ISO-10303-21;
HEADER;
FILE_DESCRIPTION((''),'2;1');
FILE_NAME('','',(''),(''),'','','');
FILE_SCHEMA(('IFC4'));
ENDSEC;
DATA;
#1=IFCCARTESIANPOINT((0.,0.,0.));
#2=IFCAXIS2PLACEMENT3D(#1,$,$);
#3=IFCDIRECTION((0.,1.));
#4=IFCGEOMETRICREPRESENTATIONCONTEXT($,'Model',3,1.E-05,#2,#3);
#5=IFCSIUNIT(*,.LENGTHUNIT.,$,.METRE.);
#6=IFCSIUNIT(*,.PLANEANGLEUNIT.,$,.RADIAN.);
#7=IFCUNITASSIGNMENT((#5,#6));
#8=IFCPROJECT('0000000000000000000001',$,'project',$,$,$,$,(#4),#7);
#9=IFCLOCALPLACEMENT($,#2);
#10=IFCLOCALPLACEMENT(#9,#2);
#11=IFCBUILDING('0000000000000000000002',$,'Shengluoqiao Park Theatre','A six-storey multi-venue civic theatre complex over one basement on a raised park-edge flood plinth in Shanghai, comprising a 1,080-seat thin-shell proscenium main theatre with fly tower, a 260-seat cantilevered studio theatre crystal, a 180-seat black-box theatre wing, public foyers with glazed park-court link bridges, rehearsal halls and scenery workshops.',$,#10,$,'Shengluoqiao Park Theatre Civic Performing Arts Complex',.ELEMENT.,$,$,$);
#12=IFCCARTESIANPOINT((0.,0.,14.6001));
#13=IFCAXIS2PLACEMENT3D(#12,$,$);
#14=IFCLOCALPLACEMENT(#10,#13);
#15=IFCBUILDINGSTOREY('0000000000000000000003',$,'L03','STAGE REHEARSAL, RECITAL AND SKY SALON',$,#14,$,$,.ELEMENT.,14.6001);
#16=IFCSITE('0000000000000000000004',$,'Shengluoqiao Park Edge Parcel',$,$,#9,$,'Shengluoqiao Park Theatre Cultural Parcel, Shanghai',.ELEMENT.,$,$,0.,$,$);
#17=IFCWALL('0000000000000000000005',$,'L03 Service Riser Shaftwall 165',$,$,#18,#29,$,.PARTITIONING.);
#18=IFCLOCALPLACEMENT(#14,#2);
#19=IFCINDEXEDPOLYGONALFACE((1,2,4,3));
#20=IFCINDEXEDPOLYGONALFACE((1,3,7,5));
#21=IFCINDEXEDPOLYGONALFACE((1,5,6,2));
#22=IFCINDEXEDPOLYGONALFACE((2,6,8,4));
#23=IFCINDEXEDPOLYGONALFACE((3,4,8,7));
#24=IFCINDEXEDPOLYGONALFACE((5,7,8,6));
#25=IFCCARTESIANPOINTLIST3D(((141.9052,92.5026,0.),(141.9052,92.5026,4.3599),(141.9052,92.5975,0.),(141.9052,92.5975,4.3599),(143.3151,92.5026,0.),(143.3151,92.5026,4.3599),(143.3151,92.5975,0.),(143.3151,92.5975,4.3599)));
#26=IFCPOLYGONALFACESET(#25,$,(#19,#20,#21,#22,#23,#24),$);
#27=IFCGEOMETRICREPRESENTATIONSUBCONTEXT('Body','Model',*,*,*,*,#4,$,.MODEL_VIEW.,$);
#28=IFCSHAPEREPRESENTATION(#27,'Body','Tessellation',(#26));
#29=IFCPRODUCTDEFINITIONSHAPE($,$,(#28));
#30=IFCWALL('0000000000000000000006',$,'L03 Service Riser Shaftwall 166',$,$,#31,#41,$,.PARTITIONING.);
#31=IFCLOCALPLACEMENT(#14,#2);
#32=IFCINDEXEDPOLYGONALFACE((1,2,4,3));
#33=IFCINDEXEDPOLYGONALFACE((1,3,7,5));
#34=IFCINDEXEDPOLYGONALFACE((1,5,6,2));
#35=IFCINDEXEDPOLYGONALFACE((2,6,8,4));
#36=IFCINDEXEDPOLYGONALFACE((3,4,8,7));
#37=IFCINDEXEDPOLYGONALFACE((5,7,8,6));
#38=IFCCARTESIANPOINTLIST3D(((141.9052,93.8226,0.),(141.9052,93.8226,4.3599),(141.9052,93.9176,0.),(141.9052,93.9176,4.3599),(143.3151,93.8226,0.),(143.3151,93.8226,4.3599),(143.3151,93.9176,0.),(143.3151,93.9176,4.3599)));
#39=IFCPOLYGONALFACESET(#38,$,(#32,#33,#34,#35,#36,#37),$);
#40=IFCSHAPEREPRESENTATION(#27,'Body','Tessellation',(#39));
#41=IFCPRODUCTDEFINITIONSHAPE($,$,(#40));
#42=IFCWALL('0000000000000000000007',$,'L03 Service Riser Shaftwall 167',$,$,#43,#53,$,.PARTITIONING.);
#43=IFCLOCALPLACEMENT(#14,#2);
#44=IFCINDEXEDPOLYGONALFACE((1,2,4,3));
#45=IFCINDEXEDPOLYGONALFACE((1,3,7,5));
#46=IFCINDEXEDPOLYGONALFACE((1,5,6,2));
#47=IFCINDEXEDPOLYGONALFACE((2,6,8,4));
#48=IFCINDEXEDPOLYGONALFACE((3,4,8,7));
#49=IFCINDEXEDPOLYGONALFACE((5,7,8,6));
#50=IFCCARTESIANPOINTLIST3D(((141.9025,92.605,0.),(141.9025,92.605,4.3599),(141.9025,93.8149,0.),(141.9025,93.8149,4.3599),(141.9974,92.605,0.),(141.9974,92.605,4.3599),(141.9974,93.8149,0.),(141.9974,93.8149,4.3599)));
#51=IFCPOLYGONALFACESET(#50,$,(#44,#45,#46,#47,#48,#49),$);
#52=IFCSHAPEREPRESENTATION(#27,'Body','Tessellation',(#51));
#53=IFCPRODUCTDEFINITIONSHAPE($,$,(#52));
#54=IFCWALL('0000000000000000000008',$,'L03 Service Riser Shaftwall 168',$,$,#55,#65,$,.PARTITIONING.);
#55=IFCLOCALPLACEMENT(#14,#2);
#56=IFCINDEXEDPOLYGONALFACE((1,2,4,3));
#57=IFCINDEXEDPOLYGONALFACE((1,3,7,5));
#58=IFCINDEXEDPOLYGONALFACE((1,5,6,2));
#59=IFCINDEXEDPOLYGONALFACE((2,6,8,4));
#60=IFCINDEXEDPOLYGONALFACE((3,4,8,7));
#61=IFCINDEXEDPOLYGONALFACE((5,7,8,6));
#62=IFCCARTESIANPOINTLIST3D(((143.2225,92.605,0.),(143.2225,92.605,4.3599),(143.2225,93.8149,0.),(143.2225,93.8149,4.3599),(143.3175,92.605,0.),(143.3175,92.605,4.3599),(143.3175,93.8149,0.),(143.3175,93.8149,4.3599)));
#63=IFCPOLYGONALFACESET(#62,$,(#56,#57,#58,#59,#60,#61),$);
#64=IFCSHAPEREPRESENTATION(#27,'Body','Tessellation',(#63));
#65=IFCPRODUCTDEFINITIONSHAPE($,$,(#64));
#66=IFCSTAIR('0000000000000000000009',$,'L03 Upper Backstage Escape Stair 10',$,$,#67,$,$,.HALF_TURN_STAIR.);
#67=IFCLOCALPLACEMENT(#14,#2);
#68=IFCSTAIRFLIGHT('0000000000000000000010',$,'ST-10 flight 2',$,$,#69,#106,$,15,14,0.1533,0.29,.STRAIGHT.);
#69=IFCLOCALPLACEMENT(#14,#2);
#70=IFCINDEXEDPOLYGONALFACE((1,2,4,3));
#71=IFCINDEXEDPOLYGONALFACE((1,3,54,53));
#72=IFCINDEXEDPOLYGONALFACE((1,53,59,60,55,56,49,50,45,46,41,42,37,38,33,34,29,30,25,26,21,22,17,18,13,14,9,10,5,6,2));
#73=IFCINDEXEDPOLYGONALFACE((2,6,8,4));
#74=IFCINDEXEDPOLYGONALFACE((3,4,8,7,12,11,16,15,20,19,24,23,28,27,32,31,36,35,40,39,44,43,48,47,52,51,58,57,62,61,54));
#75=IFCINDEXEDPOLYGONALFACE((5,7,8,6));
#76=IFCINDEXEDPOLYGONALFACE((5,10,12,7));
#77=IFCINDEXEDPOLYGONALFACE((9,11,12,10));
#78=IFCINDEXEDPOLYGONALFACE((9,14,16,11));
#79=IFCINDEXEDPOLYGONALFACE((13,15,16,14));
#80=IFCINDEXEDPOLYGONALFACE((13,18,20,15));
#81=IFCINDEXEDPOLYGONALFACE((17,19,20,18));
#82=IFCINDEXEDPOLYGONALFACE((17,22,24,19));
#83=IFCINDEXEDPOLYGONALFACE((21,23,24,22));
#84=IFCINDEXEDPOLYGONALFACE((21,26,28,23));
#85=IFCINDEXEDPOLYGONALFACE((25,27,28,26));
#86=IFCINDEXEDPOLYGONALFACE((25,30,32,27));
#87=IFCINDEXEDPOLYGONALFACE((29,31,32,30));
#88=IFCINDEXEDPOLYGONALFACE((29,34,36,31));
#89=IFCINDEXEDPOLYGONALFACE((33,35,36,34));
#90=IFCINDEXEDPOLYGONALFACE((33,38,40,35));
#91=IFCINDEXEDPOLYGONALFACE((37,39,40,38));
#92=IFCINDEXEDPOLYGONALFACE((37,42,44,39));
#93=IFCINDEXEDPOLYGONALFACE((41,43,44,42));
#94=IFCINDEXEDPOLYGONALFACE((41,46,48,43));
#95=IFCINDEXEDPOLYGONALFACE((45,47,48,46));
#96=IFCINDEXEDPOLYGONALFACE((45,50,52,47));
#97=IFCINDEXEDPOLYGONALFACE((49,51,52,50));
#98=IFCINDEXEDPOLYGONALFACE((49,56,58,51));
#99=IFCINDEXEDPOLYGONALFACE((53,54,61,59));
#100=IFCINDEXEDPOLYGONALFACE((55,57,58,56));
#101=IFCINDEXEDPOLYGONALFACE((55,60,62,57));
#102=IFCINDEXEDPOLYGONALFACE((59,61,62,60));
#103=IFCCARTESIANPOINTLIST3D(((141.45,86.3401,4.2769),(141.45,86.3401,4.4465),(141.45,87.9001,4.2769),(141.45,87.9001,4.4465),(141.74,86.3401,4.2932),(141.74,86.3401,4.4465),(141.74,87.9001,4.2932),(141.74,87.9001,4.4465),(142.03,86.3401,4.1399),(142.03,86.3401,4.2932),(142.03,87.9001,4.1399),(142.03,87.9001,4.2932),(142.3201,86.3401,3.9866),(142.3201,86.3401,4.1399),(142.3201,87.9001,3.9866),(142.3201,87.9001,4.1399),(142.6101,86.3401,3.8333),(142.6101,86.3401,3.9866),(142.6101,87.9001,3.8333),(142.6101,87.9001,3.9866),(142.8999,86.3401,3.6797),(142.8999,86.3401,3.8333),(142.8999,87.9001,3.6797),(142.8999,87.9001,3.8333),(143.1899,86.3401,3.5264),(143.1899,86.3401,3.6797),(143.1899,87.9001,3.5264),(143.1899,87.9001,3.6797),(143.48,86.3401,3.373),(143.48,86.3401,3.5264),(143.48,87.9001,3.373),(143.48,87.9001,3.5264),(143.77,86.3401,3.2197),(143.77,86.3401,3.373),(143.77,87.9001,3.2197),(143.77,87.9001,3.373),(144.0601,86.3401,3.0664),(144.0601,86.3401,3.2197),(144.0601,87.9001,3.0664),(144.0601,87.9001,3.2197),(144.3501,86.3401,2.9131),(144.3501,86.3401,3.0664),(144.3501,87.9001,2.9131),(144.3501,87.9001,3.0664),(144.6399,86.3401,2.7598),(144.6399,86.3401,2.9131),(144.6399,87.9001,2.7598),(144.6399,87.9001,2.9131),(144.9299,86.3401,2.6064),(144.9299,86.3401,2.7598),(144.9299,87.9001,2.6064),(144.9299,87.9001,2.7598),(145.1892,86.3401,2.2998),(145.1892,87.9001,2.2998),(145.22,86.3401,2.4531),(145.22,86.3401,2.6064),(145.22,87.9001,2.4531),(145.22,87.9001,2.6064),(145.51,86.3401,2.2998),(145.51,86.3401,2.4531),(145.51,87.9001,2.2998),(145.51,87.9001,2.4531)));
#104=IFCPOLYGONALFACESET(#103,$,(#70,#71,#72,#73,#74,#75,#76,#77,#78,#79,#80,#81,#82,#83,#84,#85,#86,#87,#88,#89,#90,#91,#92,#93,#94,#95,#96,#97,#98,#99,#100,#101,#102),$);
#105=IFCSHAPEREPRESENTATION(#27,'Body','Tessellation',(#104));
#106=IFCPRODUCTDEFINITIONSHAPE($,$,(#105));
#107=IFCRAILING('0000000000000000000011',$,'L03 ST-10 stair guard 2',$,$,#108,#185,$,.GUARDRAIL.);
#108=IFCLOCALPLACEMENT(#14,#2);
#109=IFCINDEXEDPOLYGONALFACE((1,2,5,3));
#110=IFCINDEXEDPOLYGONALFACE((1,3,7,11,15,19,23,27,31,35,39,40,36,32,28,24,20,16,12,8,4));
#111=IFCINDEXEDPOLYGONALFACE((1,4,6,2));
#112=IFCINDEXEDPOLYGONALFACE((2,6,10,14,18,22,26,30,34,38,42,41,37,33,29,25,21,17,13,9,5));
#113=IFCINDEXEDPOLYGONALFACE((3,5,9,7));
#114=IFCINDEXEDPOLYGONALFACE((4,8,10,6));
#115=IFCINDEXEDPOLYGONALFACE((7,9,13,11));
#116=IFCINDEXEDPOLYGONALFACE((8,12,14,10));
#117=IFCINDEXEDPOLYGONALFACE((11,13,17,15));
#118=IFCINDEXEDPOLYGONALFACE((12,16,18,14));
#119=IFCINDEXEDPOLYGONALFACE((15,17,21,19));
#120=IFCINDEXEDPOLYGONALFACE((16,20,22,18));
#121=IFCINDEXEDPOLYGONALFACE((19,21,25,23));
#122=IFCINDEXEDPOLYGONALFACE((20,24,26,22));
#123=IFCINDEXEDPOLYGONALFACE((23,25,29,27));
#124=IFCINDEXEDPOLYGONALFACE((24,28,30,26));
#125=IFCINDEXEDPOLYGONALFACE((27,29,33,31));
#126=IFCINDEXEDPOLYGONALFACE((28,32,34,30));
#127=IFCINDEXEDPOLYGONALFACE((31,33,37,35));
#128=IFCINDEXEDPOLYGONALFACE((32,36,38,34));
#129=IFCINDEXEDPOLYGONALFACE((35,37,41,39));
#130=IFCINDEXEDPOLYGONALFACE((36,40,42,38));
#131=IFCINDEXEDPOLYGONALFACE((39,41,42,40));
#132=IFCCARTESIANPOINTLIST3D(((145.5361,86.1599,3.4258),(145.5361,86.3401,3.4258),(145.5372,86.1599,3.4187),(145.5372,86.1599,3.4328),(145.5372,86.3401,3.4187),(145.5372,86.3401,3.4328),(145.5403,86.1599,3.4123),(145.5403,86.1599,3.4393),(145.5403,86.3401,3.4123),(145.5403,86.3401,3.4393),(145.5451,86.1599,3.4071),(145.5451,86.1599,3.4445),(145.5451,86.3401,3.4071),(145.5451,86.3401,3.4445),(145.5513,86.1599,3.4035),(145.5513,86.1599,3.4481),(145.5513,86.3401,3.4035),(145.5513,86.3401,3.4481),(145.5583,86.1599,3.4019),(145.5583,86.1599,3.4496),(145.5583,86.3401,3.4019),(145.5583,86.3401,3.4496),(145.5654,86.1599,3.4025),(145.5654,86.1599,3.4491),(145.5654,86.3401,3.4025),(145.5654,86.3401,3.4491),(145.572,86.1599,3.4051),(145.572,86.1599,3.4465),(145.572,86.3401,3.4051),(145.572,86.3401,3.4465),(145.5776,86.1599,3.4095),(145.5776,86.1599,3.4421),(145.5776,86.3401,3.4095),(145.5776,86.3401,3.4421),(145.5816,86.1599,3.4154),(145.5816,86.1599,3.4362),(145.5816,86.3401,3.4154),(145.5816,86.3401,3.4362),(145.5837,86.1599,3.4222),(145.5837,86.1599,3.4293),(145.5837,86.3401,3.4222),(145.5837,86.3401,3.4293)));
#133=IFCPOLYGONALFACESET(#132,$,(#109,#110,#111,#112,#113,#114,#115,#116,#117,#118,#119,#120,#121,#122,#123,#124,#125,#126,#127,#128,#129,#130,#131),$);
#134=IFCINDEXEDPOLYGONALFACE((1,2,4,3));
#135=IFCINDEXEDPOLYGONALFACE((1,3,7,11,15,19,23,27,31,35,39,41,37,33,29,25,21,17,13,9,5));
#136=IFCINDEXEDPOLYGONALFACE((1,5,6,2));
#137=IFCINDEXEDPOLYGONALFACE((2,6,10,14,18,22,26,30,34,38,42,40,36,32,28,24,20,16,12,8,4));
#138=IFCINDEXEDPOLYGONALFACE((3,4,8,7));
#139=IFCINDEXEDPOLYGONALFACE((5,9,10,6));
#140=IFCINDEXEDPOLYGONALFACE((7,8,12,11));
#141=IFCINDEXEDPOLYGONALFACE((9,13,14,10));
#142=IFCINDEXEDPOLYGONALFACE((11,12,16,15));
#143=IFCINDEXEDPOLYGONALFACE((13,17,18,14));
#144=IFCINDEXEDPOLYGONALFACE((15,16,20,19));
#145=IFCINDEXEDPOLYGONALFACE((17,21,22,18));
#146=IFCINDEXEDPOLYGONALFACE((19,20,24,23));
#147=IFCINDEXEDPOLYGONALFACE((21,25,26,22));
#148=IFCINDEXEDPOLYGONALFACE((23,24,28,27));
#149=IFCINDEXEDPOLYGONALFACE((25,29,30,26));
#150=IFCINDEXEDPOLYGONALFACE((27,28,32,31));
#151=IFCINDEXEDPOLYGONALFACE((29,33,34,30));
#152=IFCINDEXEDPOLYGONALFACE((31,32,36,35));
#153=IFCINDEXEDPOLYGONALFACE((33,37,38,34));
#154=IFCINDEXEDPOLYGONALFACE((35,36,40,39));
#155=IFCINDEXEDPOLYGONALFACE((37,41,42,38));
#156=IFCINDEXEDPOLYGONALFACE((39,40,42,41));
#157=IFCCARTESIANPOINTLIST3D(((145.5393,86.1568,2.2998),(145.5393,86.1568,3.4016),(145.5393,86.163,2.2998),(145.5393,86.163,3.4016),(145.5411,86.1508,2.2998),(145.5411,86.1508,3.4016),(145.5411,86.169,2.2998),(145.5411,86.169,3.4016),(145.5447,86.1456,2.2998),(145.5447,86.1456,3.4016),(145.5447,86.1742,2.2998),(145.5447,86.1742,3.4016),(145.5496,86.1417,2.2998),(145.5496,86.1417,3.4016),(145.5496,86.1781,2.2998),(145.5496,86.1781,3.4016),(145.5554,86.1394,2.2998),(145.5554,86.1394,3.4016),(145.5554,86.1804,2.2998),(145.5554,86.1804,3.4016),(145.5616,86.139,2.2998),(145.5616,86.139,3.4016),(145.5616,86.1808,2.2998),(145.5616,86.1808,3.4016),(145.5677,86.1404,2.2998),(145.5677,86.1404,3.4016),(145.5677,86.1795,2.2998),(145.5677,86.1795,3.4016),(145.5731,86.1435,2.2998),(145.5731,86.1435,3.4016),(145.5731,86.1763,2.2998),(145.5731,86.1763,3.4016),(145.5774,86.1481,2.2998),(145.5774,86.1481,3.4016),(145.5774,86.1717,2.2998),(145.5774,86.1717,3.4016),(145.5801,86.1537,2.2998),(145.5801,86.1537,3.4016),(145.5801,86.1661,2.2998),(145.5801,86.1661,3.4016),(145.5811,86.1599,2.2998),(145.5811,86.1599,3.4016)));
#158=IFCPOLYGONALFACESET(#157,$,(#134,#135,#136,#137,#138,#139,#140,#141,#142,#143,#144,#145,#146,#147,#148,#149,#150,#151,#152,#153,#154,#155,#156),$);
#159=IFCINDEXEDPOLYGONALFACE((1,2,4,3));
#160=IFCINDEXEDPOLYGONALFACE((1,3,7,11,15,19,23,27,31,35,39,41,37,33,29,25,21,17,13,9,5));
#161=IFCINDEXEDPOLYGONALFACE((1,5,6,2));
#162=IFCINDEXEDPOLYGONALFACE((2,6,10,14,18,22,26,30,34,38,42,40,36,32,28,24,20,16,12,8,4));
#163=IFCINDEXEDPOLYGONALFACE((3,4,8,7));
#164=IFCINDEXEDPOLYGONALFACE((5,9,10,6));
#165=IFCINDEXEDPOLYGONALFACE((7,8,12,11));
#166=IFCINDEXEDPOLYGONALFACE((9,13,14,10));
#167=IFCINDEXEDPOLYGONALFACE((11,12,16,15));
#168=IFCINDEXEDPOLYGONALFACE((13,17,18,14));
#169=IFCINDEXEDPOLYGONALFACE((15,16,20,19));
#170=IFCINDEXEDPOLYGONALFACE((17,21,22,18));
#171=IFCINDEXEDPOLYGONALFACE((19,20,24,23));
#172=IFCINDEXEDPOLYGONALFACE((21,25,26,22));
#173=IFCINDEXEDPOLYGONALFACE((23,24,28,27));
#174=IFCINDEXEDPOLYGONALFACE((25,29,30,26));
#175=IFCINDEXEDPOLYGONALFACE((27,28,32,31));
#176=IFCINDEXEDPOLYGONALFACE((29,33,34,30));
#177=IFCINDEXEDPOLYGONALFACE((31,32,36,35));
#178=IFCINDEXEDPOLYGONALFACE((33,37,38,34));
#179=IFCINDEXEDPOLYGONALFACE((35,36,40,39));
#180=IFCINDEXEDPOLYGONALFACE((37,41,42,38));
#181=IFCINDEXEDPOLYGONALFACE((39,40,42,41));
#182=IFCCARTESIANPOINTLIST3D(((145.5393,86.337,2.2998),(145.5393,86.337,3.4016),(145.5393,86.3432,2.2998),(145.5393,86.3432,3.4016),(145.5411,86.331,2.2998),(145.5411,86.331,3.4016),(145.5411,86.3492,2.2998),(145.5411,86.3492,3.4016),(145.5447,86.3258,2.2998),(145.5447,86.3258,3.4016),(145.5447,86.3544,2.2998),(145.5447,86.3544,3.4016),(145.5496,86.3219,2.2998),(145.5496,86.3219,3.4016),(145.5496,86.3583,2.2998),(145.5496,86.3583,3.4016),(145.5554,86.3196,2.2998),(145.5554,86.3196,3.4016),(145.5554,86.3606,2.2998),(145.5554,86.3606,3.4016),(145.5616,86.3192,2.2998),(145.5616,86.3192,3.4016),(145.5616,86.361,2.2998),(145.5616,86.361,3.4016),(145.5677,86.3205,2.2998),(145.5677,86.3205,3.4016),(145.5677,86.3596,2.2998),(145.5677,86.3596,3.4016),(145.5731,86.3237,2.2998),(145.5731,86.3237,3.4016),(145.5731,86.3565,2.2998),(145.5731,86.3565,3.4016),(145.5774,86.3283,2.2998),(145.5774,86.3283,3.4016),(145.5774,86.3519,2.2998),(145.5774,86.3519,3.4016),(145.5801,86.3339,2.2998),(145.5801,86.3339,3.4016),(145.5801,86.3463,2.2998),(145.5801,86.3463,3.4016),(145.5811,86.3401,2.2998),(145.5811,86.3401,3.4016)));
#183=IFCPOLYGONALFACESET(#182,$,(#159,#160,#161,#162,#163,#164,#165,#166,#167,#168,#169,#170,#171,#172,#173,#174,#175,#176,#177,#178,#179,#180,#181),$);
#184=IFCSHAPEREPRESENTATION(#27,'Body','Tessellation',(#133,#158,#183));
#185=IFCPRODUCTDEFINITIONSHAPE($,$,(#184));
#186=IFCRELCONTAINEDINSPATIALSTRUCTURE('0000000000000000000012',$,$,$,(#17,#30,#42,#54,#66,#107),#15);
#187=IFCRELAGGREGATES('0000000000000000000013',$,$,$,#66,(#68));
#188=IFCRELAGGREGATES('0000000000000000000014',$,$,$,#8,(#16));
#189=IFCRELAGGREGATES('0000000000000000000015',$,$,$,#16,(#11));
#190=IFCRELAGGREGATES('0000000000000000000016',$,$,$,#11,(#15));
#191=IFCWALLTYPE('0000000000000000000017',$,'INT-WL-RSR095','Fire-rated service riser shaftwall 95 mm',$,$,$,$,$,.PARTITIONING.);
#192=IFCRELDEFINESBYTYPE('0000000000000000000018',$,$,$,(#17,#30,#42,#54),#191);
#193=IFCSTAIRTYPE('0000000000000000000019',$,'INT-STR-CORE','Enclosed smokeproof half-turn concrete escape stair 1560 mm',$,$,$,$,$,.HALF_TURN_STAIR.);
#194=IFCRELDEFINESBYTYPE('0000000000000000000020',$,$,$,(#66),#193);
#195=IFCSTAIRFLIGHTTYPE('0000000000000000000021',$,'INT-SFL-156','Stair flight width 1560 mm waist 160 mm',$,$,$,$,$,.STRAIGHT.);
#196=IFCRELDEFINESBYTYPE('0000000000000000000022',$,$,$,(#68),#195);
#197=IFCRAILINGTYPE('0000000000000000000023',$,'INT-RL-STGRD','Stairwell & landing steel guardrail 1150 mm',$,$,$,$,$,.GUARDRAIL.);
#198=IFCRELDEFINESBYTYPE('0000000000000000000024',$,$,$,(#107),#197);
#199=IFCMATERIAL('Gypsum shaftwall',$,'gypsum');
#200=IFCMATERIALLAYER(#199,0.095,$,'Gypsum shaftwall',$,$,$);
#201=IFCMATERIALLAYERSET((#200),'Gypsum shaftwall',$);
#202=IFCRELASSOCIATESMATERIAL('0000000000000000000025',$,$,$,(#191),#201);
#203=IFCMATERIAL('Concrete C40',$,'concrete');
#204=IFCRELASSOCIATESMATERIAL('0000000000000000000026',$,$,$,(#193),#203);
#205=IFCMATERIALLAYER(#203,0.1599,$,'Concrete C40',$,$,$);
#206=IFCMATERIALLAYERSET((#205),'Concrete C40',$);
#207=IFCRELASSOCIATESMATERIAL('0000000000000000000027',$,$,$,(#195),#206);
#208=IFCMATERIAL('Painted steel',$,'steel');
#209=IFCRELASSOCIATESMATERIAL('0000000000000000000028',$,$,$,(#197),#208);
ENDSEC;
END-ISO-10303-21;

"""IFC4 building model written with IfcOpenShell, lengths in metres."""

from ifc_helpers import new_model, si_unit, direction, frame, frame_2d, origin, origin_2d, place, context, subcontext, project, spatial, polyline, rectangle, circle, outline, extrude, material, layer, layer_set, type_object, element, aggregate, save


model = new_model("IFC4")

# Units and contexts
model_context = context("Model", 3, precision=1e-05, world=origin(), true_north=direction((0.0, 1.0)))
body_context = subcontext(model_context, "Body", "Model", "MODEL_VIEW")
ifc_project = project(units=[si_unit("LENGTHUNIT", "METRE"), si_unit("PLANEANGLEUNIT", "RADIAN")], contexts=[model_context])

# Site, building, storey
site_placement = place(None, origin())
site = spatial("IfcSite", under=ifc_project, at=site_placement, Name="Shengluoqiao Park Edge Parcel", LongName="Shengluoqiao Park Theatre Cultural Parcel, Shanghai", CompositionType="ELEMENT", RefElevation=0.0)
building_placement = place(site_placement, origin())
building = spatial("IfcBuilding", under=site, at=building_placement, Name="Shengluoqiao Park Theatre", Description="A six-storey multi-venue civic theatre complex over one basement on a raised park-edge flood plinth in Shanghai, comprising a 1,080-seat thin-shell proscenium main theatre with fly tower, a 260-seat cantilevered studio theatre crystal, a 180-seat black-box theatre wing, public foyers with glazed park-court link bridges, rehearsal halls and scenery workshops.", LongName="Shengluoqiao Park Theatre Civic Performing Arts Complex", CompositionType="ELEMENT")
storey_placement = place(building_placement, frame((0.0, 0.0, 14.6001)))
storey = spatial("IfcBuildingStorey", under=building, at=storey_placement, Name="L03", Description="STAGE REHEARSAL, RECITAL AND SKY SALON", CompositionType="ELEMENT", Elevation=14.6001)

# Shared definitions
ifc_material_1 = material(Name="Concrete C40", Category="concrete")

# Walls
ifc_material_2 = material(Name="Gypsum shaftwall", Category="gypsum")
ifc_layer_1 = layer(ifc_material_2, 0.095, Name="Gypsum shaftwall")
ifc_layer_set_1 = layer_set([ifc_layer_1], Name="Gypsum shaftwall")
wall_type_1 = type_object("IfcWallType", Name="INT-WL-RSR095", Description="Fire-rated service riser shaftwall 95 mm", PredefinedType="PARTITIONING", material=ifc_layer_set_1)
for number, where, z_axis, x_axis, name in (
    (1, (141.905, 92.55, 0.0), (0.0, 0.0, 1.0), (1.0, 0.0, 0.0), "L03 Service Riser Shaftwall 165"),
    (2, (141.905, 93.8701, 0.0), (0.0, 0.0, 1.0), (1.0, 0.0, 0.0), "L03 Service Riser Shaftwall 166"),
):
    element("IfcWall", number, at=place(storey_placement, frame(where, z_axis=z_axis, x_axis=x_axis)), inside=storey, type_object=wall_type_1, Name=name, PredefinedType="PARTITIONING", context=body_context, shape_type="SweptSolid", body=[
        extrude(rectangle(XDim=1.4099, YDim=0.095, at=frame_2d((0.7051, 0.0))), origin(), (0.0, 0.0, 1.0), 4.3599),
    ])
for number, where, z_axis, x_axis, name in (
    (3, (141.95, 92.605, 0.0), (0.0, 0.0, 1.0), (0.0, 1.0, 0.0), "L03 Service Riser Shaftwall 167"),
    (4, (143.27, 92.605, 0.0), (0.0, 0.0, 1.0), (0.0, 1.0, 0.0), "L03 Service Riser Shaftwall 168"),
):
    element("IfcWall", number, at=place(storey_placement, frame(where, z_axis=z_axis, x_axis=x_axis)), inside=storey, type_object=wall_type_1, Name=name, PredefinedType="PARTITIONING", context=body_context, shape_type="SweptSolid", body=[
        extrude(rectangle(XDim=1.21, YDim=0.095, at=frame_2d((0.605, 0.0))), origin(), (0.0, 0.0, 1.0), 4.3599),
    ])

# Stair, stair flight
stair_type = type_object("IfcStairType", Name="INT-STR-CORE", Description="Enclosed smokeproof half-turn concrete escape stair 1560 mm", PredefinedType="HALF_TURN_STAIR", material=ifc_material_1)
stair_placement = place(storey_placement, origin())
stair = element("IfcStair", 5, at=stair_placement, inside=storey, type_object=stair_type, Name="L03 Upper Backstage Escape Stair 10", PredefinedType="HALF_TURN_STAIR")
ifc_layer_2 = layer(ifc_material_1, 0.1599, Name="Concrete C40")
ifc_layer_set_2 = layer_set([ifc_layer_2], Name="Concrete C40")
stair_flight_type = type_object("IfcStairFlightType", Name="INT-SFL-156", Description="Stair flight width 1560 mm waist 160 mm", PredefinedType="STRAIGHT", material=ifc_layer_set_2)
stair_flight_placement = place(storey_placement, frame((145.51, 87.1201, 2.2998), z_axis=(0.0, 0.0, 1.0), x_axis=(-1.0, 0.0, 0.0)))
stair_flight = element("IfcStairFlight", 6, at=stair_flight_placement, type_object=stair_flight_type, Name="ST-10 flight 2", NumberOfRisers=15, NumberOfTreads=14, PredefinedType="STRAIGHT", RiserHeight=0.1533, TreadLength=0.29, context=body_context, shape_type="SweptSolid", body=[
    extrude(outline(polyline([(0.0, 0.0), (0.0, 0.1533), (0.29, 0.1533), (0.29, 0.3066), (0.5801, 0.3066), (0.5801, 0.46), (0.8701, 0.46), (0.8701, 0.6133), (1.1599, 0.6133), (1.1599, 0.7666), (1.45, 0.7666), (1.45, 0.9199), (1.74, 0.9199), (1.74, 1.0732), (2.03, 1.0732), (2.03, 1.2266), (2.3201, 1.2266), (2.3201, 1.3799), (2.6101, 1.3799), (2.6101, 1.5334), (2.8999, 1.5334), (2.8999, 1.6868), (3.1899, 1.6868), (3.1899, 1.8401), (3.48, 1.8401), (3.48, 1.9934), (3.77, 1.9934), (3.77, 2.1467), (4.0601, 2.1467), (4.0601, 2.3), (4.0601, 1.9771), (0.3208, 0.0), (0.0, 0.0)])), frame((0.0, 0.78, 0.0), z_axis=(0.0, -1.0, 0.0), x_axis=(1.0, 0.0, 0.0)), (0.0, 0.0, 1.0), 1.5601),
])
aggregate(stair, [stair_flight])

# Railing
ifc_material_3 = material(Name="Painted steel", Category="steel")
railing_type_1 = type_object("IfcRailingType", Name="INT-RL-STGRD", Description="Stairwell & landing steel guardrail 1150 mm", PredefinedType="GUARDRAIL", material=ifc_material_3)
railing_1_placement = place(storey_placement, frame((145.5601, 86.1599, 2.2998)))
element("IfcRailing", 7, at=railing_1_placement, inside=storey, type_object=railing_type_1, Name="L03 ST-10 stair guard 2", PredefinedType="GUARDRAIL", context=body_context, shape_type="SweptSolid", body=[
    extrude(circle(Radius=0.0239, at=origin_2d()), frame((0.0, 0.0, 1.126), z_axis=(0.0, 1.0, 0.0), x_axis=(-1.0, 0.0, 0.0)), (0.0, 0.0, 1.0), 0.1802),
    extrude(circle(Radius=0.021, at=origin_2d()), origin(), (0.0, 0.0, 1.0), 1.1018),
    extrude(circle(Radius=0.021, at=origin_2d()), frame((0.0, 0.1802, 0.0)), (0.0, 0.0, 1.0), 1.1018),
])

save(model, "model.ifc")
